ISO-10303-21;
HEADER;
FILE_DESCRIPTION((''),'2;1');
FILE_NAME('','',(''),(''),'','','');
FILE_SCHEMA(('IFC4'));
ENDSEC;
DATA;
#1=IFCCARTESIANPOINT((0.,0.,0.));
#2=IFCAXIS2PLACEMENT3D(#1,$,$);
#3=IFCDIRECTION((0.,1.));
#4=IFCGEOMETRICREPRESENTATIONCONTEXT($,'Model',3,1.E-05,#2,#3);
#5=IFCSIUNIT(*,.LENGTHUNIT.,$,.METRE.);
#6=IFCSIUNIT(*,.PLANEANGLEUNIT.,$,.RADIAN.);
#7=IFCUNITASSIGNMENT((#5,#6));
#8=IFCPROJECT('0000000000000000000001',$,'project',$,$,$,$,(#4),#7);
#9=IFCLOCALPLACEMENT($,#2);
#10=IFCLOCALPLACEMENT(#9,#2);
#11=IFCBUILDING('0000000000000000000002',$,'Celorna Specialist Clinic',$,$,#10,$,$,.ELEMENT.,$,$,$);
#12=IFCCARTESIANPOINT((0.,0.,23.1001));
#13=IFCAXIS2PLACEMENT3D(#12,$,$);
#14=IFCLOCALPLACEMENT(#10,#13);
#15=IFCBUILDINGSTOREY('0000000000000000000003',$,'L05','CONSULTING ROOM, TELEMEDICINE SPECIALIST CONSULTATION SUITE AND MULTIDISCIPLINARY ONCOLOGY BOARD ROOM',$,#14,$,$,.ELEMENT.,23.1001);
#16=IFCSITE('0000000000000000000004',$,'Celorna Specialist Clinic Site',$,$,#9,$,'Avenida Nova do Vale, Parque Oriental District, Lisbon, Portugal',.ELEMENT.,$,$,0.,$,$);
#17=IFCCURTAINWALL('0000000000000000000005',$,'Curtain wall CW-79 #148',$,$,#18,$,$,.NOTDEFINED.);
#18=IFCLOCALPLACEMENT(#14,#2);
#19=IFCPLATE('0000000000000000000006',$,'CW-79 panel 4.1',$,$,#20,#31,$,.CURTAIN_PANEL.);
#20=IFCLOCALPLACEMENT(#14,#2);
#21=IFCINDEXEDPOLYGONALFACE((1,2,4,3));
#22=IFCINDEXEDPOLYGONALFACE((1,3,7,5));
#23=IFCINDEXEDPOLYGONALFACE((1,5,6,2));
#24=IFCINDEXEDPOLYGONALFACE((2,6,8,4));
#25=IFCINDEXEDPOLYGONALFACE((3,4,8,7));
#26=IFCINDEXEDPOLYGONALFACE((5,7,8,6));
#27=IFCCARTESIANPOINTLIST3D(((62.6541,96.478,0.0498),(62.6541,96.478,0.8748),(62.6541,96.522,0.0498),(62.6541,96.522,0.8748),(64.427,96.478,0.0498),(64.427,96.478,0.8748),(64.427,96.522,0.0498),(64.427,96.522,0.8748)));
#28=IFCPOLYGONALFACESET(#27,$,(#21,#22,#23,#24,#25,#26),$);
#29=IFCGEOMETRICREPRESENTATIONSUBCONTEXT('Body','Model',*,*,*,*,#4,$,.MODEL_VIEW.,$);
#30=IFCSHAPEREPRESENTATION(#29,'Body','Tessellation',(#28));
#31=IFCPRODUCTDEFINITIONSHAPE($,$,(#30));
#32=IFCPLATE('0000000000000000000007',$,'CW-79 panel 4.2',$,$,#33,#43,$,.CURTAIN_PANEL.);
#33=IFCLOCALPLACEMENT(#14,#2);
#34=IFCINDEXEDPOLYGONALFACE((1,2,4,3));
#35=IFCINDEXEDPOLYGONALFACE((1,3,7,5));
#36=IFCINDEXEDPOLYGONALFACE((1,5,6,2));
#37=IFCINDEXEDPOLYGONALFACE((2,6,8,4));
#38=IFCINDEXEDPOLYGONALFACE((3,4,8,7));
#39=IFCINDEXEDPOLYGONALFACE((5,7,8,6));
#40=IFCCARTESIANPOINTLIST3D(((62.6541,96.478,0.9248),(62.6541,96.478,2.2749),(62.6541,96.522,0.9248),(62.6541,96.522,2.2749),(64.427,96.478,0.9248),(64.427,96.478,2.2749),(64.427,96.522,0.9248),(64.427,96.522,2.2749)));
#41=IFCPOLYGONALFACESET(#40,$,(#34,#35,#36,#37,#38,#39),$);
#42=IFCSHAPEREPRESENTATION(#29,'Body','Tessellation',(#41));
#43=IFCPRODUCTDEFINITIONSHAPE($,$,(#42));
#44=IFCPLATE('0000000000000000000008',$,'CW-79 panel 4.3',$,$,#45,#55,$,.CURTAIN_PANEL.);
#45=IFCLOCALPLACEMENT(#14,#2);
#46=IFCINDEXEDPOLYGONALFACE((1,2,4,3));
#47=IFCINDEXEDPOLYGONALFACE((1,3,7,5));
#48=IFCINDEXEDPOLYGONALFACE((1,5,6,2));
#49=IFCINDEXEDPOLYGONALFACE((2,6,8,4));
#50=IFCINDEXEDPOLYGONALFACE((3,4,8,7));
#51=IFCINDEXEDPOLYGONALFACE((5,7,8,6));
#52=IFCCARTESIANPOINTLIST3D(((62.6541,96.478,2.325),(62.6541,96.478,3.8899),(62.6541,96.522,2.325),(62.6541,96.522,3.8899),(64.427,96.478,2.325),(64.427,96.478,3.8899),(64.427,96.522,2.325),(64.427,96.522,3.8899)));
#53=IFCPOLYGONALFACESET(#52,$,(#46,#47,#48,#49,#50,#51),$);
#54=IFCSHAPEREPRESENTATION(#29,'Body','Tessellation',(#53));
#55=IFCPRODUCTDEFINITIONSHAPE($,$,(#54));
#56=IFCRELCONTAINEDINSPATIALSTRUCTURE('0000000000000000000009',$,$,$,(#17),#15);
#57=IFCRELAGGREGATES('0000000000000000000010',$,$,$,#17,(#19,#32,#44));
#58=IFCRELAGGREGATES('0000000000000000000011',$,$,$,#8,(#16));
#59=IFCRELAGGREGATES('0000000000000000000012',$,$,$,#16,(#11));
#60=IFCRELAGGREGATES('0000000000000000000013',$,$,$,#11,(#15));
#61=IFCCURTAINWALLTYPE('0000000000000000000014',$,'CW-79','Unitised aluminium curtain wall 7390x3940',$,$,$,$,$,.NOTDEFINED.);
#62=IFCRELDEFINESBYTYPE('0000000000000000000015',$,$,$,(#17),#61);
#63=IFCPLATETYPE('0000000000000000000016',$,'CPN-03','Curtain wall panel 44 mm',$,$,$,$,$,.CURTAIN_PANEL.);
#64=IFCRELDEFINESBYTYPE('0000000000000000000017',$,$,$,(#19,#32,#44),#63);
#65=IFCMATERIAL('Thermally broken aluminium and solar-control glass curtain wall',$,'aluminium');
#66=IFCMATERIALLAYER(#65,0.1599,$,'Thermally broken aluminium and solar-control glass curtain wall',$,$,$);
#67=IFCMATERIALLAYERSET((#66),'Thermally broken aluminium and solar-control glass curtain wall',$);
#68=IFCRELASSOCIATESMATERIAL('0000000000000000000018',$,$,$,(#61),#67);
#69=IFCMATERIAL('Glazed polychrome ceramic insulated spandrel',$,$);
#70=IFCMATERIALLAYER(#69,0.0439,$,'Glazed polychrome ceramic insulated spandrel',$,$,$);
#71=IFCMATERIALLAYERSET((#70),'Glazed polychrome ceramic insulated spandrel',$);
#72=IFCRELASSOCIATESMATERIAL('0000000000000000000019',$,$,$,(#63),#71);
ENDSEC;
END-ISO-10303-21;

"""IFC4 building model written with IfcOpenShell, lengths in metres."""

from ifc_helpers import new_model, si_unit, direction, frame, origin, origin_2d, place, context, subcontext, project, spatial, rectangle, extrude, material, layer, layer_set, type_object, element, aggregate, save


model = new_model("IFC4")

# Units and contexts
model_context = context("Model", 3, precision=1e-05, world=origin(), true_north=direction((0.0, 1.0)))
body_context = subcontext(model_context, "Body", "Model", "MODEL_VIEW")
ifc_project = project(units=[si_unit("LENGTHUNIT", "METRE"), si_unit("PLANEANGLEUNIT", "RADIAN")], contexts=[model_context])

# Site, building, storey
site_placement = place(None, origin())
site = spatial("IfcSite", under=ifc_project, at=site_placement, Name="Celorna Specialist Clinic Site", LongName="Avenida Nova do Vale, Parque Oriental District, Lisbon, Portugal", CompositionType="ELEMENT", RefElevation=0.0)
building_placement = place(site_placement, origin())
building = spatial("IfcBuilding", under=site, at=building_placement, Name="Celorna Specialist Clinic", CompositionType="ELEMENT")
storey_placement = place(building_placement, frame((0.0, 0.0, 23.1001)))
storey = spatial("IfcBuildingStorey", under=building, at=storey_placement, Name="L05", Description="CONSULTING ROOM, TELEMEDICINE SPECIALIST CONSULTATION SUITE AND MULTIDISCIPLINARY ONCOLOGY BOARD ROOM", CompositionType="ELEMENT", Elevation=23.1001)

# Curtain wall
ifc_material_1 = material(Name="Thermally broken aluminium and solar-control glass curtain wall", Category="aluminium")
ifc_layer_1 = layer(ifc_material_1, 0.1599, Name="Thermally broken aluminium and solar-control glass curtain wall")
ifc_layer_set_1 = layer_set([ifc_layer_1], Name="Thermally broken aluminium and solar-control glass curtain wall")
curtain_wall_type_1 = type_object("IfcCurtainWallType", Name="CW-79", Description="Unitised aluminium curtain wall 7390x3940", PredefinedType="NOTDEFINED", material=ifc_layer_set_1)
curtain_wall_1_placement = place(storey_placement, origin())
curtain_wall_1 = element("IfcCurtainWall", 1, at=curtain_wall_1_placement, inside=storey, type_object=curtain_wall_type_1, Name="Curtain wall CW-79 #148", PredefinedType="NOTDEFINED")

# Plates
ifc_material_2 = material(Name="Glazed polychrome ceramic insulated spandrel")
ifc_layer_2 = layer(ifc_material_2, 0.0439, Name="Glazed polychrome ceramic insulated spandrel")
ifc_layer_set_2 = layer_set([ifc_layer_2], Name="Glazed polychrome ceramic insulated spandrel")
plate_type_1 = type_object("IfcPlateType", Name="CPN-03", Description="Curtain wall panel 44 mm", PredefinedType="CURTAIN_PANEL", material=ifc_layer_set_2)
plate_1_placement = place(storey_placement, frame((63.5405, 96.5, 0.0498), z_axis=(0.0, 0.0, 1.0), x_axis=(-1.0, 0.0, 0.0)))
plate_1 = element("IfcPlate", 2, at=plate_1_placement, type_object=plate_type_1, Name="CW-79 panel 4.1", PredefinedType="CURTAIN_PANEL", context=body_context, shape_type="SweptSolid", body=[
    extrude(rectangle(XDim=1.7729, YDim=0.0439, at=origin_2d()), origin(), (0.0, 0.0, 1.0), 0.825),
])
plate_2_placement = place(storey_placement, frame((63.5405, 96.5, 0.9248), z_axis=(0.0, 0.0, 1.0), x_axis=(-1.0, 0.0, 0.0)))
plate_2 = element("IfcPlate", 3, at=plate_2_placement, type_object=plate_type_1, Name="CW-79 panel 4.2", PredefinedType="CURTAIN_PANEL", context=body_context, shape_type="SweptSolid", body=[
    extrude(rectangle(XDim=1.7729, YDim=0.0439, at=origin_2d()), origin(), (0.0, 0.0, 1.0), 1.3501),
])
plate_3_placement = place(storey_placement, frame((63.5405, 96.5, 2.325), z_axis=(0.0, 0.0, 1.0), x_axis=(-1.0, 0.0, 0.0)))
plate_3 = element("IfcPlate", 4, at=plate_3_placement, type_object=plate_type_1, Name="CW-79 panel 4.3", PredefinedType="CURTAIN_PANEL", context=body_context, shape_type="SweptSolid", body=[
    extrude(rectangle(XDim=1.7729, YDim=0.0439, at=origin_2d()), origin(), (0.0, 0.0, 1.0), 1.5649),
])
aggregate(curtain_wall_1, [plate_1, plate_2, plate_3])

save(model, "model.ifc")
